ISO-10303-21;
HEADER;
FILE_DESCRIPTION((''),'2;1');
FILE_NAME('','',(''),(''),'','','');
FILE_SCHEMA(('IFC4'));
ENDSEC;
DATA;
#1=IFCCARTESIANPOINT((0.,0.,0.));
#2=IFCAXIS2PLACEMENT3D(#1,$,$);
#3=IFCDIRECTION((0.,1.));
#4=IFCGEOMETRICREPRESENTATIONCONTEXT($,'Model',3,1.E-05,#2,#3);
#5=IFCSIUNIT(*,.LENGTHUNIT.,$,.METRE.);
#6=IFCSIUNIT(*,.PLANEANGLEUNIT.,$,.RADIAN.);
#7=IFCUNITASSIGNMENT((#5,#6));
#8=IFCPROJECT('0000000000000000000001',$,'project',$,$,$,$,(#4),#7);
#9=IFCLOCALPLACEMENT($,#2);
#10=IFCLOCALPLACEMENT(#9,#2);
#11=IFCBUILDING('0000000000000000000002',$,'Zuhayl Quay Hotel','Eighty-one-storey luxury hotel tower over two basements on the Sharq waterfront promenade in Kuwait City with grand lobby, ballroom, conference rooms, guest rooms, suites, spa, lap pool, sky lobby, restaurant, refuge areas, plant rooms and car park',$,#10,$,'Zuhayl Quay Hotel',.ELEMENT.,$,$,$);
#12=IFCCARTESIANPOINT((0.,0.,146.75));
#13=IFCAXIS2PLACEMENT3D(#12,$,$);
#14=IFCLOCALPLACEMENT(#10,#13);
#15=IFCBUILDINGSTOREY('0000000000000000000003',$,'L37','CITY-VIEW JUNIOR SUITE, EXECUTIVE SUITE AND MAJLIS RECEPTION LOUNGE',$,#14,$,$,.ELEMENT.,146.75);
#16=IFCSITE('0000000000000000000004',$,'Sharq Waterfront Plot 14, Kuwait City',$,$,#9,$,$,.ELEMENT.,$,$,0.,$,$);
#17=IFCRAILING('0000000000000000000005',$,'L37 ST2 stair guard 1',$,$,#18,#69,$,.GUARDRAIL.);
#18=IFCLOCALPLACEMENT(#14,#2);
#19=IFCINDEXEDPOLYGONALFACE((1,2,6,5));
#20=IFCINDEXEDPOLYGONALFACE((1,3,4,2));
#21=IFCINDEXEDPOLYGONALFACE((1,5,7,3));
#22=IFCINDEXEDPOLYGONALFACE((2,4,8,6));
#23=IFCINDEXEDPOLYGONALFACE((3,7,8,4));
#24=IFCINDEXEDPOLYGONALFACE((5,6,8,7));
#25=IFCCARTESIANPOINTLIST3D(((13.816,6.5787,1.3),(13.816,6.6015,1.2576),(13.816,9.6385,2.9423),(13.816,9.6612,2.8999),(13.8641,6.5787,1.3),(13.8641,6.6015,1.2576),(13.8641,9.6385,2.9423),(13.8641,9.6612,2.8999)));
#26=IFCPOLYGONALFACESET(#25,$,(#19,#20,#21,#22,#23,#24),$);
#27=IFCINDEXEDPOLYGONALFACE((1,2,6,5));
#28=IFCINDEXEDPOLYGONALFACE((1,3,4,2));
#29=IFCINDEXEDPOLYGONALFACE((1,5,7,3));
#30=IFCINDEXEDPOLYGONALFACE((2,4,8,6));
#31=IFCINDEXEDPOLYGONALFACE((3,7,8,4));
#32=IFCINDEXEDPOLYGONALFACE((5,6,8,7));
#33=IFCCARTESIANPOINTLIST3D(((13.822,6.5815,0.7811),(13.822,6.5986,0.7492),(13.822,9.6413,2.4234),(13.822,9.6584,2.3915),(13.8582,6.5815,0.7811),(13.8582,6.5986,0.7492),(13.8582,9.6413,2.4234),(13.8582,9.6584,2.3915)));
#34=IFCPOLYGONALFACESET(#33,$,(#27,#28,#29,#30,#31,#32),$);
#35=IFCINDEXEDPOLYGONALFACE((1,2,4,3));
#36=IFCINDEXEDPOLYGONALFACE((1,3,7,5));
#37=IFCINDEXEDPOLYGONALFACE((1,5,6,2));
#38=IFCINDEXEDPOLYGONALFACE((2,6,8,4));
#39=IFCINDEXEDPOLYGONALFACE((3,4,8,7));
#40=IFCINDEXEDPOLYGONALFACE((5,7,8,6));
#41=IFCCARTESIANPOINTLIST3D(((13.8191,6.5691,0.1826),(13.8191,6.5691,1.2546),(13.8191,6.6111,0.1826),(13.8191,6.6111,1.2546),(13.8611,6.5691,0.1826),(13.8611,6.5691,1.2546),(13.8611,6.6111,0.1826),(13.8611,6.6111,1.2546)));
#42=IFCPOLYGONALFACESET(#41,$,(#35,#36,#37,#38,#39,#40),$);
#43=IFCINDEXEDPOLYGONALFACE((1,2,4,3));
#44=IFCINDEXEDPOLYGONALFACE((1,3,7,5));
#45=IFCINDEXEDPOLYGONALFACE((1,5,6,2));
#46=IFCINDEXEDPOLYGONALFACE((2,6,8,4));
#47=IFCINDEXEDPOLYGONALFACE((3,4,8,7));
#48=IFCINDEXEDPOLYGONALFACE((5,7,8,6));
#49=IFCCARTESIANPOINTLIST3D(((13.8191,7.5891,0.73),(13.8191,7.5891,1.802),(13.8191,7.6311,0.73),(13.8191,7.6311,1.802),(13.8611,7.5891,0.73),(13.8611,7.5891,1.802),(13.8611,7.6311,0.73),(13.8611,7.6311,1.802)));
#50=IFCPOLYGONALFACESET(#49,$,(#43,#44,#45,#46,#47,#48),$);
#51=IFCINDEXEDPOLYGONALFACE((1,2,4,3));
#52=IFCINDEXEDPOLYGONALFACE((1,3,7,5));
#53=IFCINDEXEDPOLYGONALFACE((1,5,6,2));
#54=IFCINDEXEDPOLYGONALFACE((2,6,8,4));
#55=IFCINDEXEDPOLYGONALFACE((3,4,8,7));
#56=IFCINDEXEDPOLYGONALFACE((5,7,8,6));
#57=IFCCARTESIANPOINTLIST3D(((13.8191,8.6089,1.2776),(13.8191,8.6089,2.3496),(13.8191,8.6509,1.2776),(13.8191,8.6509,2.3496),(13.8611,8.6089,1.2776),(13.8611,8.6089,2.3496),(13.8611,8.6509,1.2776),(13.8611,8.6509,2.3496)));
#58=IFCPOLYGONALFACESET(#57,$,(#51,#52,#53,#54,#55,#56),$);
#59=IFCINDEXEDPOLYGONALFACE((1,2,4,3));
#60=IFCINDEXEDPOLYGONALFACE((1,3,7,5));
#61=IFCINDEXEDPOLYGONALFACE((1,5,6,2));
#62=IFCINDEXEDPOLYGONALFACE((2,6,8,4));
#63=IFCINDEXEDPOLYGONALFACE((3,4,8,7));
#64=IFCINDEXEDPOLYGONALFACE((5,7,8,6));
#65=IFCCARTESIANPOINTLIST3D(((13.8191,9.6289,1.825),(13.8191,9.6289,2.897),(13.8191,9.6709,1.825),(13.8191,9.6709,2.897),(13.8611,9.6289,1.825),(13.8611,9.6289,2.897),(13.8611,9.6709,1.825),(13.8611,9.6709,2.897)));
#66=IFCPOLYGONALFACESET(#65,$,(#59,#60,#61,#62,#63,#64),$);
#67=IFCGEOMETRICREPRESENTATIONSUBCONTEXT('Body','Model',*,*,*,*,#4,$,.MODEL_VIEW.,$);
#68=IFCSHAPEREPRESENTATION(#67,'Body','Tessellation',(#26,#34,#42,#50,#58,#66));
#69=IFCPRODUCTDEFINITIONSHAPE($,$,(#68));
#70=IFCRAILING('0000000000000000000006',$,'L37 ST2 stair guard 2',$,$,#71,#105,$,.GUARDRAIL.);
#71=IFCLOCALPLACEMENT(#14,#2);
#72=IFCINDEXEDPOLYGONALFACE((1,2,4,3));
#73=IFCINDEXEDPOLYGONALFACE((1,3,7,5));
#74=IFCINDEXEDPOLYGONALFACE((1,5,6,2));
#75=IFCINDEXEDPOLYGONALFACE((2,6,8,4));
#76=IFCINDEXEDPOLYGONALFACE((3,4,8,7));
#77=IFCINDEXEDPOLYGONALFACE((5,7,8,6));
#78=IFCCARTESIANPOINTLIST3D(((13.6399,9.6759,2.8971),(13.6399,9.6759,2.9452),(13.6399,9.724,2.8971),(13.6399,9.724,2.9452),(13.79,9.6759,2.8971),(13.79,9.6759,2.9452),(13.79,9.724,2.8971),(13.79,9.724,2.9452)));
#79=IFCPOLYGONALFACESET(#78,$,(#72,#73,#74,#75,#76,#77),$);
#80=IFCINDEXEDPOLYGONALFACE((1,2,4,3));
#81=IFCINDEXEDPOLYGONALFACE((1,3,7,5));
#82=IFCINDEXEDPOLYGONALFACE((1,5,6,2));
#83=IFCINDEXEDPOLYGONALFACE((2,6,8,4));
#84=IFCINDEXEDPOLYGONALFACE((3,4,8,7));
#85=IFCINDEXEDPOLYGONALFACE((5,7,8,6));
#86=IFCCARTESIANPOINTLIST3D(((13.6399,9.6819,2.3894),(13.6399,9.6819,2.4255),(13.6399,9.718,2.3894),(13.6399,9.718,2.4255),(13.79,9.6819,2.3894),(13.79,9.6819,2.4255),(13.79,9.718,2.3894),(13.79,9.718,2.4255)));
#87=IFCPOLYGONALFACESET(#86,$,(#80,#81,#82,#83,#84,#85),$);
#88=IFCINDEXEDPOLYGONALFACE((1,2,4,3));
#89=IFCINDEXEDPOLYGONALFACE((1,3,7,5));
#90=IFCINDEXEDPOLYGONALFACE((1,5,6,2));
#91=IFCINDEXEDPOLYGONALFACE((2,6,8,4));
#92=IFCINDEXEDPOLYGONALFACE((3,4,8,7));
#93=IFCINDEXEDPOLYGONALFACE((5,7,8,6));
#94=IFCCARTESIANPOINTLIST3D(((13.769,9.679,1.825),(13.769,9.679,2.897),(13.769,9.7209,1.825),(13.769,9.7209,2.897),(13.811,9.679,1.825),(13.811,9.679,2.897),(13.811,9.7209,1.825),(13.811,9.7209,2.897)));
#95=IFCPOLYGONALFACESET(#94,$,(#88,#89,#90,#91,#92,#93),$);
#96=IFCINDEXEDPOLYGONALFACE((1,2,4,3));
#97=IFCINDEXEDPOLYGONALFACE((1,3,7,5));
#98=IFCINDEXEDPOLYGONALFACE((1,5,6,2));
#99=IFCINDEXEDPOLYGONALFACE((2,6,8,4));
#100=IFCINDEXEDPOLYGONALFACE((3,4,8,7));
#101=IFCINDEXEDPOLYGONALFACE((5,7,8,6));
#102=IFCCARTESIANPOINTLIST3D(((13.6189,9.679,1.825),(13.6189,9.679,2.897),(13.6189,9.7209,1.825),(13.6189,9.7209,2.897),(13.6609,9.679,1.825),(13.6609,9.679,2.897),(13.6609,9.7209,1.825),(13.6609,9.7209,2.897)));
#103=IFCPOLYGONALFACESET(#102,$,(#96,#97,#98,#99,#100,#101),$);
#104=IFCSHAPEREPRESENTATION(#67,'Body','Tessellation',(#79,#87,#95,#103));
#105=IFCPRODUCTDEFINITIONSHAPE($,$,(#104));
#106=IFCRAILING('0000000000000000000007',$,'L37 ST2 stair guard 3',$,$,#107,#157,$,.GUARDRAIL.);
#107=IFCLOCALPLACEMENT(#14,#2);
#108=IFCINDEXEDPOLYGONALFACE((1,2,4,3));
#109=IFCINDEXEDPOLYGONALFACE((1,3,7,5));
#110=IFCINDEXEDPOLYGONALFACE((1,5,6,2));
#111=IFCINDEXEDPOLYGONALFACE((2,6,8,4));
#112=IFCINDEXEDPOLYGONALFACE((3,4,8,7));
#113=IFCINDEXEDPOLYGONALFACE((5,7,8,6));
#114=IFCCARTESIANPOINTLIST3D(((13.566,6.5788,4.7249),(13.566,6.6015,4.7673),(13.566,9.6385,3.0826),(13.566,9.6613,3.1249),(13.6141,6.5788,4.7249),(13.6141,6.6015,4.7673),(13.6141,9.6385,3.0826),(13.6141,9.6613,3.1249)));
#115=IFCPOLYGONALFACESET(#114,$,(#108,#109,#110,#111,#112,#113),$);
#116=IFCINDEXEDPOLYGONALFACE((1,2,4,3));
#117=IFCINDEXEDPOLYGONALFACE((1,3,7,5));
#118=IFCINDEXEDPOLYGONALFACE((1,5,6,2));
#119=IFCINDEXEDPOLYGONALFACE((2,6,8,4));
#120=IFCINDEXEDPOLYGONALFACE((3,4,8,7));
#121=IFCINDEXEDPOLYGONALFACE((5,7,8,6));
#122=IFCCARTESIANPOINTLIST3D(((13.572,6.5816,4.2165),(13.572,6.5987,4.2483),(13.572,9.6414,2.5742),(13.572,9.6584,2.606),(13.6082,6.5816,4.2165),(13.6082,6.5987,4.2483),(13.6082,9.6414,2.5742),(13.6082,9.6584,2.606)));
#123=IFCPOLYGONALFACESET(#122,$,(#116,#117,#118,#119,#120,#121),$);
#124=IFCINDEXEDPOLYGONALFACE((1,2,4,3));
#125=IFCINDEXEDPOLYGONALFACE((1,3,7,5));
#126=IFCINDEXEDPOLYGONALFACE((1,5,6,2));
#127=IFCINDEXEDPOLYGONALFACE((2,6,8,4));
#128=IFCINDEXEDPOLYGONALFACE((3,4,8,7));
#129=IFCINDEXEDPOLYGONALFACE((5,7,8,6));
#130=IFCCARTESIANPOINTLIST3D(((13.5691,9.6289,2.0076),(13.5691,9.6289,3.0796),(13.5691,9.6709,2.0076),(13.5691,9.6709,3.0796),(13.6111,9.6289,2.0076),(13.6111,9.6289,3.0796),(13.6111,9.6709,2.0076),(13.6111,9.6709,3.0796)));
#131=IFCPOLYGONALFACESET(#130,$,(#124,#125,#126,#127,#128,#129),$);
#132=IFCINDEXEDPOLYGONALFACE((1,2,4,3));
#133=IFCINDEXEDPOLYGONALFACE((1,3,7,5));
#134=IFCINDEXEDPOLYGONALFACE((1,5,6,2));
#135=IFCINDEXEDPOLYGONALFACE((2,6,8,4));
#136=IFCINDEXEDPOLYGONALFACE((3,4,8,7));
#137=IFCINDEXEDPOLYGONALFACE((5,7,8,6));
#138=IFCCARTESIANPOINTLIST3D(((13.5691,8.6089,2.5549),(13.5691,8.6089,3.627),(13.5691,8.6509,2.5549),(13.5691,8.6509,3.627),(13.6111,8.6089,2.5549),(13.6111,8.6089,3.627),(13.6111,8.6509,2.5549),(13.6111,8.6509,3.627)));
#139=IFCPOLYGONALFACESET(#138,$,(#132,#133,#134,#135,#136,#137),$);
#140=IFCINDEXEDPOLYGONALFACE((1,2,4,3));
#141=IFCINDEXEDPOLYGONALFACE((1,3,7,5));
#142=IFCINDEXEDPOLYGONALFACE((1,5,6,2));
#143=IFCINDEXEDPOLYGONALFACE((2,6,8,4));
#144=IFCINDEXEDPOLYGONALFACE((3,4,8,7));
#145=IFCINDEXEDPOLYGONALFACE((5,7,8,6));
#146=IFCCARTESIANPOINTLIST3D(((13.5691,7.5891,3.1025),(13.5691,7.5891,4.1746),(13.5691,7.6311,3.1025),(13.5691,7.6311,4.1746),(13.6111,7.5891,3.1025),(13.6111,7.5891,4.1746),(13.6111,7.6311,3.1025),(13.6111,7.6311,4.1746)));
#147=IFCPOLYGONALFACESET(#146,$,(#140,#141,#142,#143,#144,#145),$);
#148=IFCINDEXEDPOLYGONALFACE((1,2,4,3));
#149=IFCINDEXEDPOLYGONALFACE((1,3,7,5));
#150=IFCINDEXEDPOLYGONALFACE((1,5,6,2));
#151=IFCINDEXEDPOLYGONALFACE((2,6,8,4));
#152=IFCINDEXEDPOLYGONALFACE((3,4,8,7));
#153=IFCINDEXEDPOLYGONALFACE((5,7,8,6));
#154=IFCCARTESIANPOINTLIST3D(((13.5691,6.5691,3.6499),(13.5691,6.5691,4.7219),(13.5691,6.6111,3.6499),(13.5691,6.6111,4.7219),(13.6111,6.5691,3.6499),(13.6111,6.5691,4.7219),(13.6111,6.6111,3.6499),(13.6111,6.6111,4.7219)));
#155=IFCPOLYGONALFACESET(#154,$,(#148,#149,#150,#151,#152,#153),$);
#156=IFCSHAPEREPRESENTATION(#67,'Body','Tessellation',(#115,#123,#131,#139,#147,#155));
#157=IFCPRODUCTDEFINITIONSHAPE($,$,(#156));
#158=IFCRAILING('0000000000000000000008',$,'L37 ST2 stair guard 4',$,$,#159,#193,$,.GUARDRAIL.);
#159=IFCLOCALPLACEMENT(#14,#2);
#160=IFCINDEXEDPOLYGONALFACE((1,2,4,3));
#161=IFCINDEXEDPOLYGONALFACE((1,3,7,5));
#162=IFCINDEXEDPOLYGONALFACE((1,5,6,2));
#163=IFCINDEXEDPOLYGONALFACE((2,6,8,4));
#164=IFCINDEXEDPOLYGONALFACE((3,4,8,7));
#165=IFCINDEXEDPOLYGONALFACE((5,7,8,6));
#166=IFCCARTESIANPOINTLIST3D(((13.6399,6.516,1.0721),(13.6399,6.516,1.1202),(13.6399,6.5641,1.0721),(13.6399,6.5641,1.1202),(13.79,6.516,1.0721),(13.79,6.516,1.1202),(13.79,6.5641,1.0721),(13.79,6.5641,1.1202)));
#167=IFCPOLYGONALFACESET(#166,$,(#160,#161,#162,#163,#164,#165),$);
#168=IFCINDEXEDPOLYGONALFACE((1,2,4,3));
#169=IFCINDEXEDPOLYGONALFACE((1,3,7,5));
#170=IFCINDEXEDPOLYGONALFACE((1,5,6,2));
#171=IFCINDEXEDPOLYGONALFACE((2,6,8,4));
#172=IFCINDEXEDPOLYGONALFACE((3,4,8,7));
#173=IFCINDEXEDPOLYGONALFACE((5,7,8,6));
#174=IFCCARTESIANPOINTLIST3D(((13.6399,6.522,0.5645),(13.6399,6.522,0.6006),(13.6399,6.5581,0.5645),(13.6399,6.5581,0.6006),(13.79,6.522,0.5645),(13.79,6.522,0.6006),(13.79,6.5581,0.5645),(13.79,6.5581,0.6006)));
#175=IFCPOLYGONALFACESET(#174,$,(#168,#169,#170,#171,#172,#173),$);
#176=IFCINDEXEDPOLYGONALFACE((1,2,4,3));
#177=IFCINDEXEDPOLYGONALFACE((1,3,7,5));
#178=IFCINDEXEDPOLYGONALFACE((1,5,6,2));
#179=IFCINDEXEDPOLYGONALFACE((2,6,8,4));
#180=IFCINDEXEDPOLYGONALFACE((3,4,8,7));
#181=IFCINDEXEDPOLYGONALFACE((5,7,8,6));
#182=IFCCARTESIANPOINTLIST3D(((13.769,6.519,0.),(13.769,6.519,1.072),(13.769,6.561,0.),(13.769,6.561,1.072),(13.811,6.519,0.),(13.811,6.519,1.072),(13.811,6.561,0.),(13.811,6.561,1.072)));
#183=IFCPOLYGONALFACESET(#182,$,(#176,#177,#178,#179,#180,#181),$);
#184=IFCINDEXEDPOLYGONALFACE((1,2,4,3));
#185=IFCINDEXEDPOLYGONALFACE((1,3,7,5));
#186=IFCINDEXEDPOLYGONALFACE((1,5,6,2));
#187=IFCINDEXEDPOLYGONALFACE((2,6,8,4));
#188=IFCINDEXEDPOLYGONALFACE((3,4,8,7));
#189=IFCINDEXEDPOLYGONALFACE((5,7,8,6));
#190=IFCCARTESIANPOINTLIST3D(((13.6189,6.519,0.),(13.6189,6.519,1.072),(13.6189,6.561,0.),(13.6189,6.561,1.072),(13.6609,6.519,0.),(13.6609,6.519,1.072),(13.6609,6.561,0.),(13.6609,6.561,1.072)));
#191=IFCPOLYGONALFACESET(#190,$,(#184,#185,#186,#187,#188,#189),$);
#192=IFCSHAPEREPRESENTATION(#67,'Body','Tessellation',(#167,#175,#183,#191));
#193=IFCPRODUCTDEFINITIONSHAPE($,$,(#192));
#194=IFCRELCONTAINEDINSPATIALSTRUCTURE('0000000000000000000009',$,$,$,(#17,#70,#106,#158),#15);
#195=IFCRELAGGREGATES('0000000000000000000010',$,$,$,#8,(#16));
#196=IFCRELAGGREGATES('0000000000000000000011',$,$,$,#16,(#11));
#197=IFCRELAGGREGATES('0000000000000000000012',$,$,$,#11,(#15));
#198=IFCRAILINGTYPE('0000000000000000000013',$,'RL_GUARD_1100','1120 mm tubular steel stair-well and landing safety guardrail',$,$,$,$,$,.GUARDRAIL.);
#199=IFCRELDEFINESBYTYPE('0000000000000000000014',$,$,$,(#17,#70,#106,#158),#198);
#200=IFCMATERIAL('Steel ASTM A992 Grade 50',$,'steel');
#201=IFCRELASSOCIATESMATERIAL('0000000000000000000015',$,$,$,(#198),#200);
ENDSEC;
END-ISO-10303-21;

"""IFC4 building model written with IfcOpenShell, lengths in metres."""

from ifc_helpers import new_model, si_unit, direction, frame, origin, origin_2d, place, context, subcontext, project, spatial, rectangle, extrude, material, type_object, element, save


model = new_model("IFC4")

# Units and contexts
model_context = context("Model", 3, precision=1e-05, world=origin(), true_north=direction((0.0, 1.0)))
body_context = subcontext(model_context, "Body", "Model", "MODEL_VIEW")
ifc_project = project(units=[si_unit("LENGTHUNIT", "METRE"), si_unit("PLANEANGLEUNIT", "RADIAN")], contexts=[model_context])

# Site, building, storey
site_placement = place(None, origin())
site = spatial("IfcSite", under=ifc_project, at=site_placement, Name="Sharq Waterfront Plot 14, Kuwait City", CompositionType="ELEMENT", RefElevation=0.0)
building_placement = place(site_placement, origin())
building = spatial("IfcBuilding", under=site, at=building_placement, Name="Zuhayl Quay Hotel", Description="Eighty-one-storey luxury hotel tower over two basements on the Sharq waterfront promenade in Kuwait City with grand lobby, ballroom, conference rooms, guest rooms, suites, spa, lap pool, sky lobby, restaurant, refuge areas, plant rooms and car park", LongName="Zuhayl Quay Hotel", CompositionType="ELEMENT")
storey_placement = place(building_placement, frame((0.0, 0.0, 146.75)))
storey = spatial("IfcBuildingStorey", under=building, at=storey_placement, Name="L37", Description="CITY-VIEW JUNIOR SUITE, EXECUTIVE SUITE AND MAJLIS RECEPTION LOUNGE", CompositionType="ELEMENT", Elevation=146.75)

# Shared definitions
ifc_material_1 = material(Name="Steel ASTM A992 Grade 50", Category="steel")

# Railings
railing_type_1 = type_object("IfcRailingType", Name="RL_GUARD_1100", Description="1120 mm tubular steel stair-well and landing safety guardrail", PredefinedType="GUARDRAIL", material=ifc_material_1)
railing_1_placement = place(storey_placement, frame((13.8401, 6.5901, 0.1826)))
element("IfcRailing", 1, at=railing_1_placement, inside=storey, type_object=railing_type_1, Name="L37 ST2 stair guard 1", PredefinedType="GUARDRAIL", context=body_context, shape_type="SweptSolid", body=[
    extrude(rectangle(XDim=0.0481, YDim=0.0481, at=origin_2d()), frame((0.0, 0.0, 1.0962), z_axis=(0.0, 0.881102, 0.472926), x_axis=(-1.0, 0.0, 0.0)), (0.0, 0.0, 1.0), 3.4727),
    extrude(rectangle(XDim=0.0361, YDim=0.0361, at=origin_2d()), frame((0.0, 0.0, 0.5825), z_axis=(0.0, 0.881102, 0.472926), x_axis=(-1.0, 0.0, 0.0)), (0.0, 0.0, 1.0), 3.4727),
    extrude(rectangle(XDim=0.042, YDim=0.042, at=origin_2d()), origin(), (0.0, 0.0, 1.0), 1.072),
    extrude(rectangle(XDim=0.042, YDim=0.042, at=origin_2d()), frame((0.0, 1.02, 0.5474)), (0.0, 0.0, 1.0), 1.072),
    extrude(rectangle(XDim=0.042, YDim=0.042, at=origin_2d()), frame((0.0, 2.0398, 1.095)), (0.0, 0.0, 1.0), 1.072),
    extrude(rectangle(XDim=0.042, YDim=0.042, at=origin_2d()), frame((0.0, 3.0598, 1.6423)), (0.0, 0.0, 1.0), 1.072),
])
railing_2_placement = place(storey_placement, frame((13.79, 9.7, 1.825)))
element("IfcRailing", 2, at=railing_2_placement, inside=storey, type_object=railing_type_1, Name="L37 ST2 stair guard 2", PredefinedType="GUARDRAIL", context=body_context, shape_type="SweptSolid", body=[
    extrude(rectangle(XDim=0.0481, YDim=0.0481, at=origin_2d()), frame((0.0, 0.0, 1.0962), z_axis=(-1.0, 0.0, 0.0), x_axis=(0.0, -1.0, 0.0)), (0.0, 0.0, 1.0), 0.1501),
    extrude(rectangle(XDim=0.0361, YDim=0.0361, at=origin_2d()), frame((0.0, 0.0, 0.5825), z_axis=(-1.0, 0.0, 0.0), x_axis=(0.0, -1.0, 0.0)), (0.0, 0.0, 1.0), 0.1501),
    extrude(rectangle(XDim=0.042, YDim=0.042, at=origin_2d()), origin(), (0.0, 0.0, 1.0), 1.072),
    extrude(rectangle(XDim=0.042, YDim=0.042, at=origin_2d()), frame((-0.1501, 0.0, 0.0)), (0.0, 0.0, 1.0), 1.072),
])
railing_3_placement = place(storey_placement, frame((13.5901, 9.6499, 2.0076)))
element("IfcRailing", 3, at=railing_3_placement, inside=storey, type_object=railing_type_1, Name="L37 ST2 stair guard 3", PredefinedType="GUARDRAIL", context=body_context, shape_type="SweptSolid", body=[
    extrude(rectangle(XDim=0.0481, YDim=0.0481, at=origin_2d()), frame((0.0, 0.0, 1.0962), z_axis=(0.0, -0.881102, 0.472926), x_axis=(1.0, 0.0, 0.0)), (0.0, 0.0, 1.0), 3.4727),
    extrude(rectangle(XDim=0.0361, YDim=0.0361, at=origin_2d()), frame((0.0, 0.0, 0.5825), z_axis=(0.0, -0.881102, 0.472926), x_axis=(1.0, 0.0, 0.0)), (0.0, 0.0, 1.0), 3.4727),
    extrude(rectangle(XDim=0.042, YDim=0.042, at=origin_2d()), origin(), (0.0, 0.0, 1.0), 1.072),
    extrude(rectangle(XDim=0.042, YDim=0.042, at=origin_2d()), frame((0.0, -1.02, 0.5474)), (0.0, 0.0, 1.0), 1.072),
    extrude(rectangle(XDim=0.042, YDim=0.042, at=origin_2d()), frame((0.0, -2.0398, 1.095)), (0.0, 0.0, 1.0), 1.072),
    extrude(rectangle(XDim=0.042, YDim=0.042, at=origin_2d()), frame((0.0, -3.0598, 1.6423)), (0.0, 0.0, 1.0), 1.072),
])
railing_4_placement = place(storey_placement, frame((13.79, 6.54, 0.0)))
element("IfcRailing", 4, at=railing_4_placement, inside=storey, type_object=railing_type_1, Name="L37 ST2 stair guard 4", PredefinedType="GUARDRAIL", context=body_context, shape_type="SweptSolid", body=[
    extrude(rectangle(XDim=0.0481, YDim=0.0481, at=origin_2d()), frame((0.0, 0.0, 1.0962), z_axis=(-1.0, 0.0, 0.0), x_axis=(0.0, -1.0, 0.0)), (0.0, 0.0, 1.0), 0.1501),
    extrude(rectangle(XDim=0.0361, YDim=0.0361, at=origin_2d()), frame((0.0, 0.0, 0.5825), z_axis=(-1.0, 0.0, 0.0), x_axis=(0.0, -1.0, 0.0)), (0.0, 0.0, 1.0), 0.1501),
    extrude(rectangle(XDim=0.042, YDim=0.042, at=origin_2d()), origin(), (0.0, 0.0, 1.0), 1.072),
    extrude(rectangle(XDim=0.042, YDim=0.042, at=origin_2d()), frame((-0.1501, 0.0, 0.0)), (0.0, 0.0, 1.0), 1.072),
])

save(model, "model.ifc")
